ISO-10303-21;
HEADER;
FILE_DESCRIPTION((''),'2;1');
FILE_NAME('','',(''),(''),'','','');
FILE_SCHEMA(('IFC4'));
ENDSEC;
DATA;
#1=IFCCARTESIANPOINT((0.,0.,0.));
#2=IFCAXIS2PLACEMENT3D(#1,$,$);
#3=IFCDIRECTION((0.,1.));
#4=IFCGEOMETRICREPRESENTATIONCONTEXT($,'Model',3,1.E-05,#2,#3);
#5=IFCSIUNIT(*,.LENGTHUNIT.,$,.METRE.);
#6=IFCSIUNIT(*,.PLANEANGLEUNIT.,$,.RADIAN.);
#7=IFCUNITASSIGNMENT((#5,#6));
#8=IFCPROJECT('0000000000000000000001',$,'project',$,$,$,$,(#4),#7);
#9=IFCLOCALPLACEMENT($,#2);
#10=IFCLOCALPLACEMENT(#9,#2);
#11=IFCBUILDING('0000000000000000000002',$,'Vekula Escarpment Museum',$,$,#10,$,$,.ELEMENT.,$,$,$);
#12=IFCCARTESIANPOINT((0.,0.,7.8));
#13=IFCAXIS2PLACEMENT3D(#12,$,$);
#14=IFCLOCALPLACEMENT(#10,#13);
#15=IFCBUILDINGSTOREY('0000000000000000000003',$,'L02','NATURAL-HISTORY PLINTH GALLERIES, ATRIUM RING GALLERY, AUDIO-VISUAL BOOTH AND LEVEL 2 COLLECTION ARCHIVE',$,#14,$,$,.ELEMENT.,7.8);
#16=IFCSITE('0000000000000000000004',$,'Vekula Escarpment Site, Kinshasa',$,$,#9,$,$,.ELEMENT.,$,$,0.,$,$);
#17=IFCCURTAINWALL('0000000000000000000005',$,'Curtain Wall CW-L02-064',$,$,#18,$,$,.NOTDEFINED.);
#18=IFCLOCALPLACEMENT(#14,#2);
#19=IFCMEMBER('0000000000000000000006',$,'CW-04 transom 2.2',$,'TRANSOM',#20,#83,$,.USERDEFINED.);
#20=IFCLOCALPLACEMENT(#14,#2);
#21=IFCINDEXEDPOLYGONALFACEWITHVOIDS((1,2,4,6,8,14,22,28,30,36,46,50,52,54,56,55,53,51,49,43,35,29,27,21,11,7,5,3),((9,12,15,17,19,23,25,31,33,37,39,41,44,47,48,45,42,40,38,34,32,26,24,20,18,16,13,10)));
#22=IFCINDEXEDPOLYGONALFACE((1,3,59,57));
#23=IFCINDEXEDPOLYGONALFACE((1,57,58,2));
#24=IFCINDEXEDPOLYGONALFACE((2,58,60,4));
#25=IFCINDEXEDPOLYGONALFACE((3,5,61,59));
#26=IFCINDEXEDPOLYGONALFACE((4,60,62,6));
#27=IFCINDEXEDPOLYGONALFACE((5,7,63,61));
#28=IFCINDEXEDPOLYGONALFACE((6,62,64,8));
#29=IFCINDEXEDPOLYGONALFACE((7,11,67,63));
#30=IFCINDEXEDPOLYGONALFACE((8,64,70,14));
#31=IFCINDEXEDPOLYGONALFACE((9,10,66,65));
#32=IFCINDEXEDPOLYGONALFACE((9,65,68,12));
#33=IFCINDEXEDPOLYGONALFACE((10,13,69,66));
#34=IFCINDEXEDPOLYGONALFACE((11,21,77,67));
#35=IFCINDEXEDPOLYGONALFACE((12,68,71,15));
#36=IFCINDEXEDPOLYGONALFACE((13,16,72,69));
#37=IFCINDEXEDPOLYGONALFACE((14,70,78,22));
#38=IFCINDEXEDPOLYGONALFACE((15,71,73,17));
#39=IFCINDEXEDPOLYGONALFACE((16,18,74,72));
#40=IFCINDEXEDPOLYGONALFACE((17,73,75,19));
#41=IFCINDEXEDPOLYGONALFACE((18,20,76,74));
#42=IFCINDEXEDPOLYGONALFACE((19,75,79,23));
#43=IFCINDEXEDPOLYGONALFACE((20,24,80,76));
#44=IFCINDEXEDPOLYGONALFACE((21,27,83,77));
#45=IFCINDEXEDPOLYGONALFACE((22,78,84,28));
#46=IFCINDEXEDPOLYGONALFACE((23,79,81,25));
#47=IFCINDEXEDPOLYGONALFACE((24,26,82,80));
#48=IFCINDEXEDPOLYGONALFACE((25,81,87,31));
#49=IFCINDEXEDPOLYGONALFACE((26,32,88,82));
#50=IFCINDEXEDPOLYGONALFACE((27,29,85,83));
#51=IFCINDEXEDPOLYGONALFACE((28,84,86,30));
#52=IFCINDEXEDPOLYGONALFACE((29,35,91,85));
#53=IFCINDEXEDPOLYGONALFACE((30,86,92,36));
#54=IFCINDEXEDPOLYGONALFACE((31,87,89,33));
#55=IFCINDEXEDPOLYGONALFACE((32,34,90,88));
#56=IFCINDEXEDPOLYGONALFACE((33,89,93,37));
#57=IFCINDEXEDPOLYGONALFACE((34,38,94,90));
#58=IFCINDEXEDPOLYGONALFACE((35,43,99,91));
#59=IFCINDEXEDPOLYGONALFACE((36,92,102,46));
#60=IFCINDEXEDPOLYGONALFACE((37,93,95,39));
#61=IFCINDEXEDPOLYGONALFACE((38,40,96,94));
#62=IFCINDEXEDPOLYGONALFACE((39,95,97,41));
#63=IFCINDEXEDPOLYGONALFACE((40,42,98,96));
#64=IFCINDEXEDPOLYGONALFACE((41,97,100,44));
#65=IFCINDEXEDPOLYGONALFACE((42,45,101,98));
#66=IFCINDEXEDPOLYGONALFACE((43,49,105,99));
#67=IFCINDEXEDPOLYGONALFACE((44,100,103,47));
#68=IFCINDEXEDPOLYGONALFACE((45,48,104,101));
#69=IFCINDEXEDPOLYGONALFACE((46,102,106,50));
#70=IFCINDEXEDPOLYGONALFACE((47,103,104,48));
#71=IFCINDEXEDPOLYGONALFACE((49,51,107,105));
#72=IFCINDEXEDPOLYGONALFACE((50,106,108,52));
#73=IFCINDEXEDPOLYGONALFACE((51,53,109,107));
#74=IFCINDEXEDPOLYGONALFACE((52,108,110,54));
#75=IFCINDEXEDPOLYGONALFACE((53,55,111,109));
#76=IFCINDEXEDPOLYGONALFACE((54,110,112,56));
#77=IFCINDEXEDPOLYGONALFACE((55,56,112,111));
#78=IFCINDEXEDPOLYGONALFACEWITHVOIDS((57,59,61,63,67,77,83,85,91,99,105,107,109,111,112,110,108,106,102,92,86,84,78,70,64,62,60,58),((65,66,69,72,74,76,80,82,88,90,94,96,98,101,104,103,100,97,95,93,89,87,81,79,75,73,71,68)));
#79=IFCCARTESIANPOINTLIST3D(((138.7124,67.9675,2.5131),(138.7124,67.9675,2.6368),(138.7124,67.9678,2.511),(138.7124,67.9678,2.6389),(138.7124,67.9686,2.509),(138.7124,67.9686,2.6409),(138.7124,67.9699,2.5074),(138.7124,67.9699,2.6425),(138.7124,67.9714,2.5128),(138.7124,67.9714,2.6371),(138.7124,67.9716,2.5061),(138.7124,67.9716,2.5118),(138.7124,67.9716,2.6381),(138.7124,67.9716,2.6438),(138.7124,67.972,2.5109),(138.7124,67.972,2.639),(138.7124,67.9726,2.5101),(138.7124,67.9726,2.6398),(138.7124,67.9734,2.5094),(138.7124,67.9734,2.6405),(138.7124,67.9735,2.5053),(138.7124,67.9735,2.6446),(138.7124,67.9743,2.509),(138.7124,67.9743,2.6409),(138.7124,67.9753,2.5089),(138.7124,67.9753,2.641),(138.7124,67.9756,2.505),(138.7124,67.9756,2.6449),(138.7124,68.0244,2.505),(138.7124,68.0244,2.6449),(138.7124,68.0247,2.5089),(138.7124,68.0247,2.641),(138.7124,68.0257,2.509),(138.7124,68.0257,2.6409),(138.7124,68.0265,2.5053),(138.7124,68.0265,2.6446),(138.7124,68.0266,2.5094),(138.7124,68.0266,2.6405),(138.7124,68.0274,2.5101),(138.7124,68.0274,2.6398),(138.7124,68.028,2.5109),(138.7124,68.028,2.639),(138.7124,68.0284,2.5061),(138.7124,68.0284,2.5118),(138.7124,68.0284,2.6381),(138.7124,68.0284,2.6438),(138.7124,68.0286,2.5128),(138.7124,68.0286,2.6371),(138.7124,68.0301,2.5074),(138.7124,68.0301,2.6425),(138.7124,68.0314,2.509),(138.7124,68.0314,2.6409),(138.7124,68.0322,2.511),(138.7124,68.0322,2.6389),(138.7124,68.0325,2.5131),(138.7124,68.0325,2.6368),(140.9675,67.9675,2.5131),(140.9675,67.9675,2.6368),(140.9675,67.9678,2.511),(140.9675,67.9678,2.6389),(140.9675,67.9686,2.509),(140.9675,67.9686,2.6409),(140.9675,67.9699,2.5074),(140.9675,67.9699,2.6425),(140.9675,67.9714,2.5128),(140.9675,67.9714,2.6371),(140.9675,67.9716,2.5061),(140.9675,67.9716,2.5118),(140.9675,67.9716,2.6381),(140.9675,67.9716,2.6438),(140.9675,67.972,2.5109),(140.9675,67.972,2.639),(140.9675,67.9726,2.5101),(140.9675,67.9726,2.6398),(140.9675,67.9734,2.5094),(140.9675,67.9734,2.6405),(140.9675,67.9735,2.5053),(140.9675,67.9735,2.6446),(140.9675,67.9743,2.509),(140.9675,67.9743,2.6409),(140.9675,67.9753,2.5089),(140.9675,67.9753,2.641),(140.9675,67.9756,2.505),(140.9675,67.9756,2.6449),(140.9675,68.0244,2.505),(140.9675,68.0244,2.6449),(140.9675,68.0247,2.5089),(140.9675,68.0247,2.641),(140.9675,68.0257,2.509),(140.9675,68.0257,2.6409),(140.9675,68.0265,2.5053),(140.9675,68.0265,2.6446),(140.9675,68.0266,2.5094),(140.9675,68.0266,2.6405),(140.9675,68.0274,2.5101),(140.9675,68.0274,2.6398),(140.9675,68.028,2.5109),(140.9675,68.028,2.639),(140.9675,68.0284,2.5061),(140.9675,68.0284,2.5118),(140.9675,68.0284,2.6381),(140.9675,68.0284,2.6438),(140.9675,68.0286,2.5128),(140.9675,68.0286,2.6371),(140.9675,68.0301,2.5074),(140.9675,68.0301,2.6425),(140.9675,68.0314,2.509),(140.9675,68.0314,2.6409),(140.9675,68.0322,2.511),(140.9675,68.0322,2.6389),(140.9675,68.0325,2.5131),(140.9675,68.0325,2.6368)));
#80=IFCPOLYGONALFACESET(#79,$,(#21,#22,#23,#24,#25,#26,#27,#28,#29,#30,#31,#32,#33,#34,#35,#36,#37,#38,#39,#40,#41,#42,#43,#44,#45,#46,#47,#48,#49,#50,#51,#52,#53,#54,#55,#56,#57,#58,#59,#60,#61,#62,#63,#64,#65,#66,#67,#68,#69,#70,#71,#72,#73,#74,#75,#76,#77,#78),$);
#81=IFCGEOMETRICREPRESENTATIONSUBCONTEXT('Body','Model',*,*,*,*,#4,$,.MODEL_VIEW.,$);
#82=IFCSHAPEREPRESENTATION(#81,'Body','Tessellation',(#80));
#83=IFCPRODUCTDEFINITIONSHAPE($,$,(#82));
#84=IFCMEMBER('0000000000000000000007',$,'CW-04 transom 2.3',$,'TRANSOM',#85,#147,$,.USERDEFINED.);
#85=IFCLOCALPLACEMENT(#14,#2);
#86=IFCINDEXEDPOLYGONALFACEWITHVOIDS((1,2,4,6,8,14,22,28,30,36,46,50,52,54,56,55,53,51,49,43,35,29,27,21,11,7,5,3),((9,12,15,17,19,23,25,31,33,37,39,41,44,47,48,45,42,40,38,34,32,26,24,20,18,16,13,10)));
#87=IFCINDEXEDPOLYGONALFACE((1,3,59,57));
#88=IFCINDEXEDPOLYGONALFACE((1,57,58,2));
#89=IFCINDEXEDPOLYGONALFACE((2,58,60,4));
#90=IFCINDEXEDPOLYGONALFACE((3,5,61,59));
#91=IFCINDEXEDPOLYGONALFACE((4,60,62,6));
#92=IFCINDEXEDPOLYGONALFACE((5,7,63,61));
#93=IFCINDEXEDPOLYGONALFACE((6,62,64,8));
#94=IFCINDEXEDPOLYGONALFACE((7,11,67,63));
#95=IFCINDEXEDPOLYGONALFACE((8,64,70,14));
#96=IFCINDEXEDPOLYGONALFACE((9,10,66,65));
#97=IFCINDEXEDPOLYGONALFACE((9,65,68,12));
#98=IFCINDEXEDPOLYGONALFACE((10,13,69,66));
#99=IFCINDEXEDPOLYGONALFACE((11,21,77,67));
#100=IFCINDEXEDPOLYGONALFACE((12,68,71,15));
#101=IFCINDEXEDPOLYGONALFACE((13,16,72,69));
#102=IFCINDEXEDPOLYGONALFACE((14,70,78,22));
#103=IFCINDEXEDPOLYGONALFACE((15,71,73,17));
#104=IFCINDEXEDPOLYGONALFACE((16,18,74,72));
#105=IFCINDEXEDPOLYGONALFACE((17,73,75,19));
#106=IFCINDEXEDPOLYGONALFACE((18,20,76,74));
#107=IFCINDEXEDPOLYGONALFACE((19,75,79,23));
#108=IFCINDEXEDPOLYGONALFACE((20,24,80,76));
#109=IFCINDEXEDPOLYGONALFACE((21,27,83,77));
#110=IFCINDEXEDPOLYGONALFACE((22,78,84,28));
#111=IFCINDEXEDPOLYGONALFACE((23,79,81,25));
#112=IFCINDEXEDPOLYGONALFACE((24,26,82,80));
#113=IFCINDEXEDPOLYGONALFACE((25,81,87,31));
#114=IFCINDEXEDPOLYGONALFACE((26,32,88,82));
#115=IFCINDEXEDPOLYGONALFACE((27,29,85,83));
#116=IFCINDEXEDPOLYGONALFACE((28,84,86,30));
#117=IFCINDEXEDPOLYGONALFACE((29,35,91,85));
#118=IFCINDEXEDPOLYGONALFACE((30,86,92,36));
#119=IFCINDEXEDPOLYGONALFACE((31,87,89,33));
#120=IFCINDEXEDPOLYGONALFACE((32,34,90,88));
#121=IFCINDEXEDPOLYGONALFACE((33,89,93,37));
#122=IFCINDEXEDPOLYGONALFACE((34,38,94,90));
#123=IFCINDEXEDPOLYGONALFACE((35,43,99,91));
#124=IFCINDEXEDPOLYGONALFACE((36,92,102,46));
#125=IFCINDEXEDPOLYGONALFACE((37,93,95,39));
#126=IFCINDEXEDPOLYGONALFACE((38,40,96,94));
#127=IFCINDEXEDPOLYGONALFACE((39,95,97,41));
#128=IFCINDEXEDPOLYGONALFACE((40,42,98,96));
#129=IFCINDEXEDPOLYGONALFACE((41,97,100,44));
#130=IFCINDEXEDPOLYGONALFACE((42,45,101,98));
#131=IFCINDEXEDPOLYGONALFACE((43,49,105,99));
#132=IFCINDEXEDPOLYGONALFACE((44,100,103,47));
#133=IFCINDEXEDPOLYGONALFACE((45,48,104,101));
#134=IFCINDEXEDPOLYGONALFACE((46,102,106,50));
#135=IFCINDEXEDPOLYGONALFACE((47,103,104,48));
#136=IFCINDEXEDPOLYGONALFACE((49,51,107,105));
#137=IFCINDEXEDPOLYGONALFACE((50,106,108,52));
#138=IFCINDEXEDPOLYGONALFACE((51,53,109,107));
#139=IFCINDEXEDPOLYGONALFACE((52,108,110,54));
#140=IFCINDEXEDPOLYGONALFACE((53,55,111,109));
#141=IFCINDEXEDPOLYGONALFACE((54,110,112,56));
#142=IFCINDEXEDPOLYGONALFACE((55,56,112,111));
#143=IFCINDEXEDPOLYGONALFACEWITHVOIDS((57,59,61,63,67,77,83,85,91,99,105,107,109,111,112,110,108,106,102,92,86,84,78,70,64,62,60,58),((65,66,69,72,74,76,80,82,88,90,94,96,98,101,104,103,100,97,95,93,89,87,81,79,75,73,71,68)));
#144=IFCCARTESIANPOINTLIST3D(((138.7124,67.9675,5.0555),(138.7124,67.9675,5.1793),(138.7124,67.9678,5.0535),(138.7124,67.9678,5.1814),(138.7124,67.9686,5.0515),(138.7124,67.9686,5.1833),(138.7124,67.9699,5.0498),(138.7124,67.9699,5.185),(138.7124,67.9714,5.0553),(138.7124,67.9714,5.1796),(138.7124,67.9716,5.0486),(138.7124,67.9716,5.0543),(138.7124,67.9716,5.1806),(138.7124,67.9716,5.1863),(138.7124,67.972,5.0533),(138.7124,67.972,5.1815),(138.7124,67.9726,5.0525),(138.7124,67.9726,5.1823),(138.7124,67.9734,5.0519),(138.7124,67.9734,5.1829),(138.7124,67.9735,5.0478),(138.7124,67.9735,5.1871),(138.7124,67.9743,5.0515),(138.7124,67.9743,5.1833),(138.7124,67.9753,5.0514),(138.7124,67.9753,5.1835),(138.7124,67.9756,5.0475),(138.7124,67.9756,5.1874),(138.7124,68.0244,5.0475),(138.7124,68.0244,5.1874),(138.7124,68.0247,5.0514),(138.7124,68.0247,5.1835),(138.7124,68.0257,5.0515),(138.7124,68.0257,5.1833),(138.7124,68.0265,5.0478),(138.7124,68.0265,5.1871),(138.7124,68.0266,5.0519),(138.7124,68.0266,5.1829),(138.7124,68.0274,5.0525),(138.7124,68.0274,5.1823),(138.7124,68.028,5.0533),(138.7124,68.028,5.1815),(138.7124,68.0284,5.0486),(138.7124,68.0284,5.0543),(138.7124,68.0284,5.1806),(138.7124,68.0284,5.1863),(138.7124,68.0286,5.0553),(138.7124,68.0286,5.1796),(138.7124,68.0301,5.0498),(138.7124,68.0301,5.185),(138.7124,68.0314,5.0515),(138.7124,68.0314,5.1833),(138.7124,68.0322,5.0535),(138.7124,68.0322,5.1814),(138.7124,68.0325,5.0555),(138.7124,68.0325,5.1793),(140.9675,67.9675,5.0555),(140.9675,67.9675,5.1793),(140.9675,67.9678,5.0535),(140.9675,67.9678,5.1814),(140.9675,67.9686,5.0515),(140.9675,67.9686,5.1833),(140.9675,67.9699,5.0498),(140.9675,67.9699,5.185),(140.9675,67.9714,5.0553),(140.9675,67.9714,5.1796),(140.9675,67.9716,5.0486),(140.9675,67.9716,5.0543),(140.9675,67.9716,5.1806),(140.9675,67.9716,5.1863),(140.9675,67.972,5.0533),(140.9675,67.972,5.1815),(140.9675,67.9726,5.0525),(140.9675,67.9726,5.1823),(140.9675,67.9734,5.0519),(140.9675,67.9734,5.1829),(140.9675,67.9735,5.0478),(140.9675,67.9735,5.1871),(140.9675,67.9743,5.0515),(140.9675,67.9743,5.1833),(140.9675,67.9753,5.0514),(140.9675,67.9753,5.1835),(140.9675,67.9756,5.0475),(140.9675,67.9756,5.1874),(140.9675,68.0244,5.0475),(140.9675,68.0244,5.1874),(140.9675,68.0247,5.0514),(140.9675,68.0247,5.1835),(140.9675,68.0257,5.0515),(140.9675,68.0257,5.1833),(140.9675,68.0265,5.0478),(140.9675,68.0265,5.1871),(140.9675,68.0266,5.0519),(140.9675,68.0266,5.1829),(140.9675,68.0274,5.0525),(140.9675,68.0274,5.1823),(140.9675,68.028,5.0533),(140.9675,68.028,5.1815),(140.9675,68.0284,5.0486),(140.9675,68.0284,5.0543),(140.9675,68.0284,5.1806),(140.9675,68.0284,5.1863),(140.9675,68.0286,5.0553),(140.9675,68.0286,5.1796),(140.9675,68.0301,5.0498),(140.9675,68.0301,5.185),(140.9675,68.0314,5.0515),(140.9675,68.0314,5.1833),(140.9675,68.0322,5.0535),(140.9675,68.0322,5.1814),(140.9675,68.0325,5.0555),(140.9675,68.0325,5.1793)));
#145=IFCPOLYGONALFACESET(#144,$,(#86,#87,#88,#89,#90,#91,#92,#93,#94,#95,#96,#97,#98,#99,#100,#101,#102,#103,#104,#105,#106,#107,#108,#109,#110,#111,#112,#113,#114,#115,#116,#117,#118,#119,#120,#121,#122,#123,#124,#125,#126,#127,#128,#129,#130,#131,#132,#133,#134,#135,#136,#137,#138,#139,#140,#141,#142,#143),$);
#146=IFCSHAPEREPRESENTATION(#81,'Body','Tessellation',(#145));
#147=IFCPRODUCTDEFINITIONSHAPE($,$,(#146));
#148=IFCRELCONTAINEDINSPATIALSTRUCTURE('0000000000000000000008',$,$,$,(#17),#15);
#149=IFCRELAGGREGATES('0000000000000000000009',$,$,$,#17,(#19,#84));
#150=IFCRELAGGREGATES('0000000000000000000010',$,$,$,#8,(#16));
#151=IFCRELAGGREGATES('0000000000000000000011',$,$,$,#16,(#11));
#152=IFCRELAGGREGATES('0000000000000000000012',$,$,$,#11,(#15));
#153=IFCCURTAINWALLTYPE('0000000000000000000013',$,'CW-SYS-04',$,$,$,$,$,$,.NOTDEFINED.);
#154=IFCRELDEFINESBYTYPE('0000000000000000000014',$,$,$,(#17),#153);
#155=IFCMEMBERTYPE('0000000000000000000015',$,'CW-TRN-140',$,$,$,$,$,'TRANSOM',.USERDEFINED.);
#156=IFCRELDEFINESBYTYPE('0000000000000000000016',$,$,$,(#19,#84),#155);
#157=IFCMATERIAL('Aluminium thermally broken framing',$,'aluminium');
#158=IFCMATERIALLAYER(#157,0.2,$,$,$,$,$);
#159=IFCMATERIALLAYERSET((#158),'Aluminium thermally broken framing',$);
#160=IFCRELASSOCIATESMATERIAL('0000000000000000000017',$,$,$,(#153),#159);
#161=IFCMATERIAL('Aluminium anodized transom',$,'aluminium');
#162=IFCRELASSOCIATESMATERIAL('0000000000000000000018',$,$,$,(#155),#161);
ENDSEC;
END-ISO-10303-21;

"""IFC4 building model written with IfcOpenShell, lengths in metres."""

from ifc_helpers import new_model, si_unit, direction, frame, origin, origin_2d, place, context, subcontext, project, spatial, hollow_rectangle, extrude, material, layer, layer_set, material_profile, profile_set, type_object, element, aggregate, save


model = new_model("IFC4")

# Units and contexts
model_context = context("Model", 3, precision=1e-05, world=origin(), true_north=direction((0.0, 1.0)))
body_context = subcontext(model_context, "Body", "Model", "MODEL_VIEW")
ifc_project = project(units=[si_unit("LENGTHUNIT", "METRE"), si_unit("PLANEANGLEUNIT", "RADIAN")], contexts=[model_context])

# Site, building, storey
site_placement = place(None, origin())
site = spatial("IfcSite", under=ifc_project, at=site_placement, Name="Vekula Escarpment Site, Kinshasa", CompositionType="ELEMENT", RefElevation=0.0)
building_placement = place(site_placement, origin())
building = spatial("IfcBuilding", under=site, at=building_placement, Name="Vekula Escarpment Museum", CompositionType="ELEMENT")
storey_placement = place(building_placement, frame((0.0, 0.0, 7.8)))
storey = spatial("IfcBuildingStorey", under=building, at=storey_placement, Name="L02", Description="NATURAL-HISTORY PLINTH GALLERIES, ATRIUM RING GALLERY, AUDIO-VISUAL BOOTH AND LEVEL 2 COLLECTION ARCHIVE", CompositionType="ELEMENT", Elevation=7.8)

# Curtain wall, members
ifc_material_1 = material(Name="Aluminium thermally broken framing", Category="aluminium")
ifc_layer_1 = layer(ifc_material_1, 0.2)
ifc_layer_set_1 = layer_set([ifc_layer_1], Name="Aluminium thermally broken framing")
curtain_wall_type = type_object("IfcCurtainWallType", Name="CW-SYS-04", PredefinedType="NOTDEFINED", material=ifc_layer_set_1)
curtain_wall_placement = place(storey_placement, origin())
curtain_wall = element("IfcCurtainWall", 1, at=curtain_wall_placement, inside=storey, type_object=curtain_wall_type, Name="Curtain Wall CW-L02-064", PredefinedType="NOTDEFINED")
ifc_material_2 = material(Name="Aluminium anodized transom", Category="aluminium")
ifc_material_profile_1 = material_profile(ifc_material_2, hollow_rectangle(XDim=0.0649, YDim=0.1399, WallThickness=0.0039, InnerFilletRadius=0.0039, OuterFilletRadius=0.0081, at=origin_2d()), Name="ALU 140x65x4")
ifc_profile_set_1 = profile_set([ifc_material_profile_1], Name="Aluminium anodized transom")
member_type_1 = type_object("IfcMemberType", Name="CW-TRN-140", ElementType="TRANSOM", PredefinedType="USERDEFINED", material=ifc_profile_set_1)
member_1_placement = place(storey_placement, frame((138.7124, 68.0, 2.575), z_axis=(1.0, 0.0, 0.0), x_axis=(0.0, 1.0, 0.0)))
member_1 = element("IfcMember", 2, at=member_1_placement, type_object=member_type_1, Name="CW-04 transom 2.2", ObjectType="TRANSOM", PredefinedType="USERDEFINED", context=body_context, shape_type="SweptSolid", body=[
    extrude(hollow_rectangle(XDim=0.0649, YDim=0.1399, WallThickness=0.0039, InnerFilletRadius=0.0039, OuterFilletRadius=0.0081, at=origin_2d()), origin(), (0.0, 0.0, 1.0), 2.2551),
])
member_2_placement = place(storey_placement, frame((138.7124, 68.0, 5.1174), z_axis=(1.0, 0.0, 0.0), x_axis=(0.0, 1.0, 0.0)))
member_2 = element("IfcMember", 3, at=member_2_placement, type_object=member_type_1, Name="CW-04 transom 2.3", ObjectType="TRANSOM", PredefinedType="USERDEFINED", context=body_context, shape_type="SweptSolid", body=[
    extrude(hollow_rectangle(XDim=0.0649, YDim=0.1399, WallThickness=0.0039, InnerFilletRadius=0.0039, OuterFilletRadius=0.0081, at=origin_2d()), origin(), (0.0, 0.0, 1.0), 2.2551),
])
aggregate(curtain_wall, [member_1, member_2])

save(model, "model.ifc")
